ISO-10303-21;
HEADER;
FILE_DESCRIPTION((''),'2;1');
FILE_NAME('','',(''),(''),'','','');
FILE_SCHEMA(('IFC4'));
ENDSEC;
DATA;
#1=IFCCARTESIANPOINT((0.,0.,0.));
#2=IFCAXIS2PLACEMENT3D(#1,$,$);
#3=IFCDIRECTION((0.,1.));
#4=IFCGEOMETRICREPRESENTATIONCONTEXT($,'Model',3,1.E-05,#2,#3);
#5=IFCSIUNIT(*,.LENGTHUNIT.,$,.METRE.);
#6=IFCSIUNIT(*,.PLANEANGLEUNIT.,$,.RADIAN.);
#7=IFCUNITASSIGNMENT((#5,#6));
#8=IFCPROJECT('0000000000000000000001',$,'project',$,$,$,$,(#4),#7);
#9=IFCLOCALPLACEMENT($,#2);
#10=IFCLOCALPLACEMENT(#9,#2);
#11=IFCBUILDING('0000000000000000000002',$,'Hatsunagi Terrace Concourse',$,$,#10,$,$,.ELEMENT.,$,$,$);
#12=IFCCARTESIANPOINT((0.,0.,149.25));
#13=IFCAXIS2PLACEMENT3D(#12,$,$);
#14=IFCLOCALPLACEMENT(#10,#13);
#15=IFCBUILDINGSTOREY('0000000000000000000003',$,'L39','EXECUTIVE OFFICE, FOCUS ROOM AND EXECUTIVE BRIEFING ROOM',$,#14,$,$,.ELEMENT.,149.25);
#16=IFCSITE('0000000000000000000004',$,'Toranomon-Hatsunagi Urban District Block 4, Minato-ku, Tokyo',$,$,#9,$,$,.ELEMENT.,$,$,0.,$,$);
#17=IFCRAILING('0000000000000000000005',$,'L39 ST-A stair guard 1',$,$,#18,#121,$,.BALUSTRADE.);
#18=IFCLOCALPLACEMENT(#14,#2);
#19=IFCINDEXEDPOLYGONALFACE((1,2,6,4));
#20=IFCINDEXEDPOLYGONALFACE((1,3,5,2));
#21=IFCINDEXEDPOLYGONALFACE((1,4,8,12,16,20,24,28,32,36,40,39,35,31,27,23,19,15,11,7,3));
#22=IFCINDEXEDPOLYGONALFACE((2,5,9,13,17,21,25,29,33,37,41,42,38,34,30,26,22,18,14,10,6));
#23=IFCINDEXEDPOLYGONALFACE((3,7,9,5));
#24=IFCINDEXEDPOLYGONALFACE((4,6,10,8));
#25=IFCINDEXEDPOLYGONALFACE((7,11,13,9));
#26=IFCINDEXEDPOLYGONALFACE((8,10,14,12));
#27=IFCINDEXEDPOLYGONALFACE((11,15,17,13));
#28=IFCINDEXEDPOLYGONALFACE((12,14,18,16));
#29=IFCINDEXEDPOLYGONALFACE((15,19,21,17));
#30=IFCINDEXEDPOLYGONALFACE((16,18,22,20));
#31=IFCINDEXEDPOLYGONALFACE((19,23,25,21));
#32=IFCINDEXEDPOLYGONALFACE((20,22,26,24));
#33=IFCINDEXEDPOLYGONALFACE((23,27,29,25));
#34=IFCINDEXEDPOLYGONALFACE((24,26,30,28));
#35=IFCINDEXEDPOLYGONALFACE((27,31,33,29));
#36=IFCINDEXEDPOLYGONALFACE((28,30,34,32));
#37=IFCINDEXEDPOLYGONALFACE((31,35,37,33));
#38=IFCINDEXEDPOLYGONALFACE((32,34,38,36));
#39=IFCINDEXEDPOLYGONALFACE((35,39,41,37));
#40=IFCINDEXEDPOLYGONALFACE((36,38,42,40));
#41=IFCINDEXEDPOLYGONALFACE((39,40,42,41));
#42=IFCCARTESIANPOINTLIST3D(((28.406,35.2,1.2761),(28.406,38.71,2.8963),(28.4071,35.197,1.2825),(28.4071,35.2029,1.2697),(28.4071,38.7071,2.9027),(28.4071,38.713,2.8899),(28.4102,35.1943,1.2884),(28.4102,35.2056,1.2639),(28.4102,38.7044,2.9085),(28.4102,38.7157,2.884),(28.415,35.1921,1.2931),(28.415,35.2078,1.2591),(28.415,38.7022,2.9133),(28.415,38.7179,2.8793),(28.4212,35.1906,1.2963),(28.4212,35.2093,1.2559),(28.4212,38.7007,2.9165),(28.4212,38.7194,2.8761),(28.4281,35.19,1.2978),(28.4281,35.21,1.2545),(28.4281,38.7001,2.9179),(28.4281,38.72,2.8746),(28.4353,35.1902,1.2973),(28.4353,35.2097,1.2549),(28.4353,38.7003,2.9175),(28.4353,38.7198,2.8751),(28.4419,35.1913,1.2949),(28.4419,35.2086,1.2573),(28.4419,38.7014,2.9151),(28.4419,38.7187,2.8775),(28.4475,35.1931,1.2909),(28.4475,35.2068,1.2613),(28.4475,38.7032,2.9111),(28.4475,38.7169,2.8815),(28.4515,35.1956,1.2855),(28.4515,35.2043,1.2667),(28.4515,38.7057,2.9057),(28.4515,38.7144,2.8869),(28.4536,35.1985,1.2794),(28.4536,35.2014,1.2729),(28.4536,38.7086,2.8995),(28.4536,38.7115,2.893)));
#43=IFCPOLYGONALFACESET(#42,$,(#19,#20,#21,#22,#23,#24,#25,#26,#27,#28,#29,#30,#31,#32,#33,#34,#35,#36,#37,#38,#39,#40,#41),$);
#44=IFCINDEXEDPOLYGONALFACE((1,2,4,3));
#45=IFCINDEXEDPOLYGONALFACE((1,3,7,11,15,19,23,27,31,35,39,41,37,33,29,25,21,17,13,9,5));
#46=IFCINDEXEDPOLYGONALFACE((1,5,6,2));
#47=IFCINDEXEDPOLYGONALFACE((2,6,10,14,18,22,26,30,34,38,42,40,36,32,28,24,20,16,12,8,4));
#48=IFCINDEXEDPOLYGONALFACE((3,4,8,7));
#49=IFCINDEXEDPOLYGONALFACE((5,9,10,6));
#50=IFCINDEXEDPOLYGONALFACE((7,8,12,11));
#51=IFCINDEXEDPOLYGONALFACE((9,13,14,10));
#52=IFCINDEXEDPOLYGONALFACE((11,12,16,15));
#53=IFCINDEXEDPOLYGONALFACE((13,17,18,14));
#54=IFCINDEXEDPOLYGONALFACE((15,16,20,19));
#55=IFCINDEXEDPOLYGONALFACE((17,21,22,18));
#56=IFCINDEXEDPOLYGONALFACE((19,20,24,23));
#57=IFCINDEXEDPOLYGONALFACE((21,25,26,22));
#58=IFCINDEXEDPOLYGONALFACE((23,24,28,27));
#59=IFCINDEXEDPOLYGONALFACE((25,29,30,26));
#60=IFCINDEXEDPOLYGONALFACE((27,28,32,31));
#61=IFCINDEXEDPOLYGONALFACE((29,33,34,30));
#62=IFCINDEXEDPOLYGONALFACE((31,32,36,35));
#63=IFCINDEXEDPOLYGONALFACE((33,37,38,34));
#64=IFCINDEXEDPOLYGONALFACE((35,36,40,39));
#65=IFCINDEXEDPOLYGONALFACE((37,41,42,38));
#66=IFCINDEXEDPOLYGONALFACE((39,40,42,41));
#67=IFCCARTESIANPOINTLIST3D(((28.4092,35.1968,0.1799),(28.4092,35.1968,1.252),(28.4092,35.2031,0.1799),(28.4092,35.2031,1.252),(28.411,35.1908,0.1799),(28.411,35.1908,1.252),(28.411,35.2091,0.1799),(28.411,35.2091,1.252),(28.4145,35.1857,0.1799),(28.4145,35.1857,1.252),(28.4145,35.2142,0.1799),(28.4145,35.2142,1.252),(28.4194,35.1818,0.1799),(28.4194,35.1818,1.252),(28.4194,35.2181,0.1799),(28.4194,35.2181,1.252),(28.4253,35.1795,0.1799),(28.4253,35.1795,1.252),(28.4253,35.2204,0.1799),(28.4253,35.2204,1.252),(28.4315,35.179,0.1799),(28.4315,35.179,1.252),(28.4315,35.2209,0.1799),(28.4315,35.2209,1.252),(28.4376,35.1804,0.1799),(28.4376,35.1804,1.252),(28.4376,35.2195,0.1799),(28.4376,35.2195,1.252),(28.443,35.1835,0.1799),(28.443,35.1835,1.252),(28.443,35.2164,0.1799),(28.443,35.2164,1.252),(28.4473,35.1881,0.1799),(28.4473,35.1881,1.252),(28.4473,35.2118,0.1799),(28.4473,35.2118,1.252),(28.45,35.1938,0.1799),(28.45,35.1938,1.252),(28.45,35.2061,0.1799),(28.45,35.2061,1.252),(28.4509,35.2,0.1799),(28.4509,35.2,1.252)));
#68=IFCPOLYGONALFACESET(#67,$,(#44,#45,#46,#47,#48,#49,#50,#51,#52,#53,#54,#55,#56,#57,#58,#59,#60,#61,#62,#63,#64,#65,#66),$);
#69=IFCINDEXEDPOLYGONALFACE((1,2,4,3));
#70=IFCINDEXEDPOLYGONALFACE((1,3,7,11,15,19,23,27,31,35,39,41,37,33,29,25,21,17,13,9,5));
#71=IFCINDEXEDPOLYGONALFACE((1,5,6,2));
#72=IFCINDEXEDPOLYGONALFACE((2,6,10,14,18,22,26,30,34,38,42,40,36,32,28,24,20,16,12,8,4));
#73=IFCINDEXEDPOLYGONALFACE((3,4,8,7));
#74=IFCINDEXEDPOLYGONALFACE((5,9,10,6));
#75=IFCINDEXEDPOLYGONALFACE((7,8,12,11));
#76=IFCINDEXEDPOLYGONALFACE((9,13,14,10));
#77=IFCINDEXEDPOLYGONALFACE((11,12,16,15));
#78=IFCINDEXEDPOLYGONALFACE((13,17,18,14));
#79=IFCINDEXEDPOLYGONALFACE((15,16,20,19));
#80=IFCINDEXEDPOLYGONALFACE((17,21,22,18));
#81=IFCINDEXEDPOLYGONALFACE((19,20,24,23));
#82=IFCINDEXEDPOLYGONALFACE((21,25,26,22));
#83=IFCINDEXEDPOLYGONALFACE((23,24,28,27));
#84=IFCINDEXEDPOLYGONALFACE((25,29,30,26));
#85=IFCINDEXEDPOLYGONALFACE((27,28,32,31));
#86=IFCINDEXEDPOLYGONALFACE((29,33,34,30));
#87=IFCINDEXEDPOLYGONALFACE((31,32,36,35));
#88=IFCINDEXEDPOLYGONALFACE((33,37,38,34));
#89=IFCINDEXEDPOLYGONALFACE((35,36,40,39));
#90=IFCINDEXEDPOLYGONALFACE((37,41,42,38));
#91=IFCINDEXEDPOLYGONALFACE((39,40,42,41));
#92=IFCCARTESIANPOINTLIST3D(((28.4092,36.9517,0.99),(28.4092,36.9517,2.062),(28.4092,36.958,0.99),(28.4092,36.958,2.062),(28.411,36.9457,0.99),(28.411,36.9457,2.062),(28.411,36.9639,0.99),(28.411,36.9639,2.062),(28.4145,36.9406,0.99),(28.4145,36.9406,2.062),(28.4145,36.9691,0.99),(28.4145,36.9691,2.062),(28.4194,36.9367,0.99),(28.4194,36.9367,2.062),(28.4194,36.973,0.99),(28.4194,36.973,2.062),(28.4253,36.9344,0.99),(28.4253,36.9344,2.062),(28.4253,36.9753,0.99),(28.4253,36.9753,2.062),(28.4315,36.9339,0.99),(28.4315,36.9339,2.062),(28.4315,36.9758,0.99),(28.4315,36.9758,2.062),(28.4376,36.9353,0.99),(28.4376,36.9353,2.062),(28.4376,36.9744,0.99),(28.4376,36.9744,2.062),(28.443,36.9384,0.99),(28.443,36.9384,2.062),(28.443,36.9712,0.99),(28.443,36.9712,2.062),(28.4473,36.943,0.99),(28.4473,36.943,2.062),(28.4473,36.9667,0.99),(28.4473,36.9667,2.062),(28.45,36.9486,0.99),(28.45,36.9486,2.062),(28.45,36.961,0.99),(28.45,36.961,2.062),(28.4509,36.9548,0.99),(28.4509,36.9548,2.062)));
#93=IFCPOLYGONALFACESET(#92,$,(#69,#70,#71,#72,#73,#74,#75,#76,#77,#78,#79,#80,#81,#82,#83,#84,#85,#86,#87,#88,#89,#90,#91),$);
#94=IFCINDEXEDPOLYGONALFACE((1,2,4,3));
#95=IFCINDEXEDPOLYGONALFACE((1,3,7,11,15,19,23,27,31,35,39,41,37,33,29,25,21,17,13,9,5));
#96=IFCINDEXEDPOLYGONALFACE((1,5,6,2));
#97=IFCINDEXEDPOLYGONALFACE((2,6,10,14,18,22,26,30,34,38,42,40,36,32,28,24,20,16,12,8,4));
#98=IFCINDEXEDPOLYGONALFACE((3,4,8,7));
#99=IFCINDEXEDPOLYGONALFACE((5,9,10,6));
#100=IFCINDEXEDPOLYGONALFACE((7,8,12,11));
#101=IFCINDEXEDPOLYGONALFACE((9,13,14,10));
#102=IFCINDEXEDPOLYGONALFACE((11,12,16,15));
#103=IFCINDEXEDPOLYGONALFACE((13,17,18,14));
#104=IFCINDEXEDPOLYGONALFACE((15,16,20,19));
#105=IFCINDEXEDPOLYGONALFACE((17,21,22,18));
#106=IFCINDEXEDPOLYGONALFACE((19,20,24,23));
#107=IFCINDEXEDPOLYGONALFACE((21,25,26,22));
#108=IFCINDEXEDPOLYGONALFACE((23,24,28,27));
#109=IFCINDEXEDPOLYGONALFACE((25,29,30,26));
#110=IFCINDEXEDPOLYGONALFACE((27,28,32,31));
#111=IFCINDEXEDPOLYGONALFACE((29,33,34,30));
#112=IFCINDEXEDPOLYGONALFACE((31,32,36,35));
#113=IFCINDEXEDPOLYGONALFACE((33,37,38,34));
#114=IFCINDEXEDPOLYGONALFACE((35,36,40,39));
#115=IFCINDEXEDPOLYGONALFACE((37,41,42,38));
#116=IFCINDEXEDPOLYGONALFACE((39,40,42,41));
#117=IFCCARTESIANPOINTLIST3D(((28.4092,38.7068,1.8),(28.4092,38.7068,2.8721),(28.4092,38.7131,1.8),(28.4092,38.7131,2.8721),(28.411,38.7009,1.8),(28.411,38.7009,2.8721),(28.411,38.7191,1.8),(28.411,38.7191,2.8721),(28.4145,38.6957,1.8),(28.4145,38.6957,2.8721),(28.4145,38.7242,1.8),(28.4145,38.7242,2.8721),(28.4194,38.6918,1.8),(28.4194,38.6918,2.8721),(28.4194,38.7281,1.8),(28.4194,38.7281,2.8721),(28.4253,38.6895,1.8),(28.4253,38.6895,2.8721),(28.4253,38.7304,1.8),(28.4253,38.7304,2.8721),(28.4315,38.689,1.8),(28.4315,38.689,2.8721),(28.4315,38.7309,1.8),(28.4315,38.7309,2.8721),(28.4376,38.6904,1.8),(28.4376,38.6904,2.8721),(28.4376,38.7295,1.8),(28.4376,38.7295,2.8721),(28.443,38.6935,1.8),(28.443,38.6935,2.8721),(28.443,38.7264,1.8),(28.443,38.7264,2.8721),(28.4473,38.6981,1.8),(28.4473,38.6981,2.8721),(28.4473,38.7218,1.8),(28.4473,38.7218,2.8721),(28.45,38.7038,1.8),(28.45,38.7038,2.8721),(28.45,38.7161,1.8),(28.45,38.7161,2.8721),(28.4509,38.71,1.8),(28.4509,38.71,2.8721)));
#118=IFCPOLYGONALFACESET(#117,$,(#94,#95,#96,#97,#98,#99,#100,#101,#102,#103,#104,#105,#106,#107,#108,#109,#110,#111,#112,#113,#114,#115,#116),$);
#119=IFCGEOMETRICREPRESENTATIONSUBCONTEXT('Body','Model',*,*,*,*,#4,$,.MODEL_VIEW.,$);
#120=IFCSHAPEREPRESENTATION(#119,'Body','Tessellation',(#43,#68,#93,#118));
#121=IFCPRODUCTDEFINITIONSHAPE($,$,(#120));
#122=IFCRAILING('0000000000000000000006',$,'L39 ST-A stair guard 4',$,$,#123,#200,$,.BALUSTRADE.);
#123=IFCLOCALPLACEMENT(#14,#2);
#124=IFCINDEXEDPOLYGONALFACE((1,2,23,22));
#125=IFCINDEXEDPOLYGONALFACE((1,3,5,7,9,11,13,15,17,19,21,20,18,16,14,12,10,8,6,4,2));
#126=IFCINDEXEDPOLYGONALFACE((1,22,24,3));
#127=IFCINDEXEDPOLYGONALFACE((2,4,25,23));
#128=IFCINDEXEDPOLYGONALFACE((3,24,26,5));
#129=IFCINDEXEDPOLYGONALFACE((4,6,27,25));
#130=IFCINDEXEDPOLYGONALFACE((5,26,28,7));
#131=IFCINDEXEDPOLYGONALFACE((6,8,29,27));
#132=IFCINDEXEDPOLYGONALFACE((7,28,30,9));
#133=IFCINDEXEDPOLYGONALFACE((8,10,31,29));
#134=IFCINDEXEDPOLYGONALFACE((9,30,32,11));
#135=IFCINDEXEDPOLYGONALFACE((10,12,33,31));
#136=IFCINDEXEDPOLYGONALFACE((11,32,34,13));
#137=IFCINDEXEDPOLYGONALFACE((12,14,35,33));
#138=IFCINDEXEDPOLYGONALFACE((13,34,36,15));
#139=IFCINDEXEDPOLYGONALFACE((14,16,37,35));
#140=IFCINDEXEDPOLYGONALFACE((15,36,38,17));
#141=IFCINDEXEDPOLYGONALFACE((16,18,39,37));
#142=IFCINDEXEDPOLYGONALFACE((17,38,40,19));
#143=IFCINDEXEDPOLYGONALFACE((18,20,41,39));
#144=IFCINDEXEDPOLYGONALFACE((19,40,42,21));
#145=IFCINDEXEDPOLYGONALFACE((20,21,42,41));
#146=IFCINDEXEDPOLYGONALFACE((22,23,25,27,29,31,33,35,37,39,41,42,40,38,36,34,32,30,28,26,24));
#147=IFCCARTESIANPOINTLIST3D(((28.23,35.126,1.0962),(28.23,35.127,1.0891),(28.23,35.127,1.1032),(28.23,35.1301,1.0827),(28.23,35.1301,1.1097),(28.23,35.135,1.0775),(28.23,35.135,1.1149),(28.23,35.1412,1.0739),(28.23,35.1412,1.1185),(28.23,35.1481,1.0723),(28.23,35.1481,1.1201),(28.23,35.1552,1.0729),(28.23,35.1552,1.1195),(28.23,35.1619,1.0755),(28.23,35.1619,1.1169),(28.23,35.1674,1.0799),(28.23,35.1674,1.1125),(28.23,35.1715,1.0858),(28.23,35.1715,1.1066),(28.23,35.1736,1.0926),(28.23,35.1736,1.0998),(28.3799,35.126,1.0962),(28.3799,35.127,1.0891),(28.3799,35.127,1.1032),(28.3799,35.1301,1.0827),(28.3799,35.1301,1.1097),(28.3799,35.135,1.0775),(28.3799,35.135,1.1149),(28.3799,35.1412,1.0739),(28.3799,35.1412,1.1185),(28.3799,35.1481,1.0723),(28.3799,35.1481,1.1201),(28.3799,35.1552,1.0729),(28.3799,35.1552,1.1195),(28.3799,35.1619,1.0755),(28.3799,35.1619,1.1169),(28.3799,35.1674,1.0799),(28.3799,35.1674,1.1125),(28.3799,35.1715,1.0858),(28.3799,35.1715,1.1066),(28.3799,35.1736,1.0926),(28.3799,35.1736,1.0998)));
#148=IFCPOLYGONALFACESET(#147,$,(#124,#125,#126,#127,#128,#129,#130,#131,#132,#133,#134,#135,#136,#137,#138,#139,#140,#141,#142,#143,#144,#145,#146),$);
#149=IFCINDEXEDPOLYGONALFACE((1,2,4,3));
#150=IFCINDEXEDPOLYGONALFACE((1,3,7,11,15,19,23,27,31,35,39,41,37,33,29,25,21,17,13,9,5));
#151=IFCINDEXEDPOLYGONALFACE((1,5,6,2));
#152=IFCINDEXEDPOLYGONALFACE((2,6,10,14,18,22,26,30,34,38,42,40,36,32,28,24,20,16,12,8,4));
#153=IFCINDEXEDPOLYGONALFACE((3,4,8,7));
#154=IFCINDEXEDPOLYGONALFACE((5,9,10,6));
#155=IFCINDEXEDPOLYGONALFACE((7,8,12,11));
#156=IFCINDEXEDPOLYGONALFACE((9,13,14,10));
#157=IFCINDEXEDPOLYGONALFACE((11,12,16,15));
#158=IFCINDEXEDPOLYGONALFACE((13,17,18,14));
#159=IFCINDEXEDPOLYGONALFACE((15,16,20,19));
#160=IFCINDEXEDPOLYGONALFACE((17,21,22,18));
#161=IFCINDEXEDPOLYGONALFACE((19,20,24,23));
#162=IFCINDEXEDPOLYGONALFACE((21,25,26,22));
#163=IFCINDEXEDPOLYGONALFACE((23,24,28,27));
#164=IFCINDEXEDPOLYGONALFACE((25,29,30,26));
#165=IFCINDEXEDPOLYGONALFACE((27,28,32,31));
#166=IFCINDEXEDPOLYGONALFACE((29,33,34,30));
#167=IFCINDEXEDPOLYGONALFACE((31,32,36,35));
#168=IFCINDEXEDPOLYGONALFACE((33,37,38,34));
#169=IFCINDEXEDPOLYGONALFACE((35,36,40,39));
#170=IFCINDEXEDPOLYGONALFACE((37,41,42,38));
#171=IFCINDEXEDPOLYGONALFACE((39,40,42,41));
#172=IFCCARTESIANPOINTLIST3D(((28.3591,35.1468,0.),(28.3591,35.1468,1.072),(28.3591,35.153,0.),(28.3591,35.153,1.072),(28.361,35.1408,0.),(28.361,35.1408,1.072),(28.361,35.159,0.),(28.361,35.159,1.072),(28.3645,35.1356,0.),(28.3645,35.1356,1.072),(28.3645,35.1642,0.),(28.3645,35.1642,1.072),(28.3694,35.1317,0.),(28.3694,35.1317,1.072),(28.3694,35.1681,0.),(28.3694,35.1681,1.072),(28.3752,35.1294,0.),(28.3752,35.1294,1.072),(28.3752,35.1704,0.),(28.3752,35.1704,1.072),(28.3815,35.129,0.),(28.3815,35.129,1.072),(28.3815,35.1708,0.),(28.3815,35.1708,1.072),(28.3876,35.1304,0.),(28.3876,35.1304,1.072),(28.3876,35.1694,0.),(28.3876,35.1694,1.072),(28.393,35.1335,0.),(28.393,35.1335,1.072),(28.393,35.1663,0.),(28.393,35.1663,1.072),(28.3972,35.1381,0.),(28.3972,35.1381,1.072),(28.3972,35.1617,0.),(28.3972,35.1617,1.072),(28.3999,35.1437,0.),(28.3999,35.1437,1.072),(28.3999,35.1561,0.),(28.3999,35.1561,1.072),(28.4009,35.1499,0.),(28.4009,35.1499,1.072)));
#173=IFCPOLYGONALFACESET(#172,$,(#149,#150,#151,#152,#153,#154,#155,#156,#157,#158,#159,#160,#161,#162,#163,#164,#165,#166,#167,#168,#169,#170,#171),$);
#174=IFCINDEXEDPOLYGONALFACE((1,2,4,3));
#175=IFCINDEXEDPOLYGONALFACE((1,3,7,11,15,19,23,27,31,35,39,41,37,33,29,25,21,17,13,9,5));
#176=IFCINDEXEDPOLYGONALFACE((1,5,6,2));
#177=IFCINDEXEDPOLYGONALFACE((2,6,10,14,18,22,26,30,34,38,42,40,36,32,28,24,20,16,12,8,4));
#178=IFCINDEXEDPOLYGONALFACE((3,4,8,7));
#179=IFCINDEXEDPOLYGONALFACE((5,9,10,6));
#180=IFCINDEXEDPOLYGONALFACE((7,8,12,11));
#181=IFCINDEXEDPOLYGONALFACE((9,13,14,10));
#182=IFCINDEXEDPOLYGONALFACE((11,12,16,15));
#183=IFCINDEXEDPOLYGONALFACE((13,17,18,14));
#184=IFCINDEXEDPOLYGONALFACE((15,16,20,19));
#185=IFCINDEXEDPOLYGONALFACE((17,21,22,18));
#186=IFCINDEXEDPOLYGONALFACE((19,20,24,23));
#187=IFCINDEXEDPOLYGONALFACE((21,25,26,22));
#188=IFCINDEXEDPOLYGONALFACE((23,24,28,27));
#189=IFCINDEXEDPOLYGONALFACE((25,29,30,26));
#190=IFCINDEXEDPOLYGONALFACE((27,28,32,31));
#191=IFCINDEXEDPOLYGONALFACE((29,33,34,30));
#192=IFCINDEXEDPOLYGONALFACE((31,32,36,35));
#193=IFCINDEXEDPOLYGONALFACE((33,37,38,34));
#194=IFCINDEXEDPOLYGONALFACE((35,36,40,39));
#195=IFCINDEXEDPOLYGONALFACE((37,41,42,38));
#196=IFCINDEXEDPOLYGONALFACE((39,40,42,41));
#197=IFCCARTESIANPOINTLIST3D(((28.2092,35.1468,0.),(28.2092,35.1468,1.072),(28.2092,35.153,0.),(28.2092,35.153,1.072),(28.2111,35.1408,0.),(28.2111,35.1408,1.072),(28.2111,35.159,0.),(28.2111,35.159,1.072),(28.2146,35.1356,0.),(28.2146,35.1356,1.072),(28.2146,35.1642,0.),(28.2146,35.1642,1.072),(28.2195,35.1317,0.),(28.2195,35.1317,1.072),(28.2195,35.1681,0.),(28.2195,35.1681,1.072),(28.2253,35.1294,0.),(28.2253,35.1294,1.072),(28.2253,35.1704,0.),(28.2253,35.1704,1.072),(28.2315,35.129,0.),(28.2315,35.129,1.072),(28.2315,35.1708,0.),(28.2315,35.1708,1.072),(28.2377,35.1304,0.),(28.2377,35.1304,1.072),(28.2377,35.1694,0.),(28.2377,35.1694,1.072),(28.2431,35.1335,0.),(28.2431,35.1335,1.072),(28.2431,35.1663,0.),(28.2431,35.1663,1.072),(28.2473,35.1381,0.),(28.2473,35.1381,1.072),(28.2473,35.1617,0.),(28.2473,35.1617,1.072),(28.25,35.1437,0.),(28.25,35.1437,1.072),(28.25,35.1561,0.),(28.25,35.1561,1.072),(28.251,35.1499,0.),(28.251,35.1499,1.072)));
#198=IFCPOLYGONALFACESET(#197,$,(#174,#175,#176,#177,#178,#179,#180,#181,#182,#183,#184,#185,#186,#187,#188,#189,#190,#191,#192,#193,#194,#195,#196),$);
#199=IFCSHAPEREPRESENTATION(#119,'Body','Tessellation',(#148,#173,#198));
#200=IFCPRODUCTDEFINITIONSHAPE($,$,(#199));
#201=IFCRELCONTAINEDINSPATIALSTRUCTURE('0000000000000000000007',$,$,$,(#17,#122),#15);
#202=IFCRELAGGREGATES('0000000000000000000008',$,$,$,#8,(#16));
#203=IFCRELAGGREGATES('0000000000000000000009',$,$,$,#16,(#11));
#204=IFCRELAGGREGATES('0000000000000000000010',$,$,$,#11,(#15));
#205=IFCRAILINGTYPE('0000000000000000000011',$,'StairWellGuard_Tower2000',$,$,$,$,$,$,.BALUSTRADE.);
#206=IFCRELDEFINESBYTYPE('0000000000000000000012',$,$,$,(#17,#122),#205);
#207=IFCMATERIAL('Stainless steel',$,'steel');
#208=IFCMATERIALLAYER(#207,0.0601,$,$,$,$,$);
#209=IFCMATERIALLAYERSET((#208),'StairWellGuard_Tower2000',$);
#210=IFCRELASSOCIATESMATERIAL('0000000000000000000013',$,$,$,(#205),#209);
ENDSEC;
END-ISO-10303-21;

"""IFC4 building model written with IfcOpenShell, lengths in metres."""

from ifc_helpers import new_model, si_unit, direction, frame, origin, origin_2d, place, context, subcontext, project, spatial, circle, extrude, material, layer, layer_set, type_object, element, save


model = new_model("IFC4")

# Units and contexts
model_context = context("Model", 3, precision=1e-05, world=origin(), true_north=direction((0.0, 1.0)))
body_context = subcontext(model_context, "Body", "Model", "MODEL_VIEW")
ifc_project = project(units=[si_unit("LENGTHUNIT", "METRE"), si_unit("PLANEANGLEUNIT", "RADIAN")], contexts=[model_context])

# Site, building, storey
site_placement = place(None, origin())
site = spatial("IfcSite", under=ifc_project, at=site_placement, Name="Toranomon-Hatsunagi Urban District Block 4, Minato-ku, Tokyo", CompositionType="ELEMENT", RefElevation=0.0)
building_placement = place(site_placement, origin())
building = spatial("IfcBuilding", under=site, at=building_placement, Name="Hatsunagi Terrace Concourse", CompositionType="ELEMENT")
storey_placement = place(building_placement, frame((0.0, 0.0, 149.25)))
storey = spatial("IfcBuildingStorey", under=building, at=storey_placement, Name="L39", Description="EXECUTIVE OFFICE, FOCUS ROOM AND EXECUTIVE BRIEFING ROOM", CompositionType="ELEMENT", Elevation=149.25)

# Railings
ifc_material_1 = material(Name="Stainless steel", Category="steel")
ifc_layer_1 = layer(ifc_material_1, 0.0601)
ifc_layer_set_1 = layer_set([ifc_layer_1], Name="StairWellGuard_Tower2000")
railing_type_1 = type_object("IfcRailingType", Name="StairWellGuard_Tower2000", PredefinedType="BALUSTRADE", material=ifc_layer_set_1)
railing_1_placement = place(storey_placement, frame((28.4299, 35.2, 0.1799)))
element("IfcRailing", 1, at=railing_1_placement, inside=storey, type_object=railing_type_1, Name="L39 ST-A stair guard 1", PredefinedType="BALUSTRADE", context=body_context, shape_type="SweptSolid", body=[
    extrude(circle(Radius=0.0239, at=origin_2d()), frame((0.0, 0.0, 1.0962), z_axis=(0.0, 0.907948, 0.419082), x_axis=(-1.0, 0.0, 0.0)), (0.0, 0.0, 1.0), 3.866),
    extrude(circle(Radius=0.021, at=origin_2d()), origin(), (0.0, 0.0, 1.0), 1.072),
    extrude(circle(Radius=0.021, at=origin_2d()), frame((0.0, 1.7549, 0.8101)), (0.0, 0.0, 1.0), 1.072),
    extrude(circle(Radius=0.021, at=origin_2d()), frame((0.0, 3.51, 1.6201)), (0.0, 0.0, 1.0), 1.072),
])
railing_2_placement = place(storey_placement, frame((28.3799, 35.1499, 0.0)))
element("IfcRailing", 2, at=railing_2_placement, inside=storey, type_object=railing_type_1, Name="L39 ST-A stair guard 4", PredefinedType="BALUSTRADE", context=body_context, shape_type="SweptSolid", body=[
    extrude(circle(Radius=0.0239, at=origin_2d()), frame((0.0, 0.0, 1.0962), z_axis=(-1.0, 0.0, 0.0), x_axis=(0.0, -1.0, 0.0)), (0.0, 0.0, 1.0), 0.1499),
    extrude(circle(Radius=0.021, at=origin_2d()), origin(), (0.0, 0.0, 1.0), 1.072),
    extrude(circle(Radius=0.021, at=origin_2d()), frame((-0.1499, 0.0, 0.0)), (0.0, 0.0, 1.0), 1.072),
])

save(model, "model.ifc")
